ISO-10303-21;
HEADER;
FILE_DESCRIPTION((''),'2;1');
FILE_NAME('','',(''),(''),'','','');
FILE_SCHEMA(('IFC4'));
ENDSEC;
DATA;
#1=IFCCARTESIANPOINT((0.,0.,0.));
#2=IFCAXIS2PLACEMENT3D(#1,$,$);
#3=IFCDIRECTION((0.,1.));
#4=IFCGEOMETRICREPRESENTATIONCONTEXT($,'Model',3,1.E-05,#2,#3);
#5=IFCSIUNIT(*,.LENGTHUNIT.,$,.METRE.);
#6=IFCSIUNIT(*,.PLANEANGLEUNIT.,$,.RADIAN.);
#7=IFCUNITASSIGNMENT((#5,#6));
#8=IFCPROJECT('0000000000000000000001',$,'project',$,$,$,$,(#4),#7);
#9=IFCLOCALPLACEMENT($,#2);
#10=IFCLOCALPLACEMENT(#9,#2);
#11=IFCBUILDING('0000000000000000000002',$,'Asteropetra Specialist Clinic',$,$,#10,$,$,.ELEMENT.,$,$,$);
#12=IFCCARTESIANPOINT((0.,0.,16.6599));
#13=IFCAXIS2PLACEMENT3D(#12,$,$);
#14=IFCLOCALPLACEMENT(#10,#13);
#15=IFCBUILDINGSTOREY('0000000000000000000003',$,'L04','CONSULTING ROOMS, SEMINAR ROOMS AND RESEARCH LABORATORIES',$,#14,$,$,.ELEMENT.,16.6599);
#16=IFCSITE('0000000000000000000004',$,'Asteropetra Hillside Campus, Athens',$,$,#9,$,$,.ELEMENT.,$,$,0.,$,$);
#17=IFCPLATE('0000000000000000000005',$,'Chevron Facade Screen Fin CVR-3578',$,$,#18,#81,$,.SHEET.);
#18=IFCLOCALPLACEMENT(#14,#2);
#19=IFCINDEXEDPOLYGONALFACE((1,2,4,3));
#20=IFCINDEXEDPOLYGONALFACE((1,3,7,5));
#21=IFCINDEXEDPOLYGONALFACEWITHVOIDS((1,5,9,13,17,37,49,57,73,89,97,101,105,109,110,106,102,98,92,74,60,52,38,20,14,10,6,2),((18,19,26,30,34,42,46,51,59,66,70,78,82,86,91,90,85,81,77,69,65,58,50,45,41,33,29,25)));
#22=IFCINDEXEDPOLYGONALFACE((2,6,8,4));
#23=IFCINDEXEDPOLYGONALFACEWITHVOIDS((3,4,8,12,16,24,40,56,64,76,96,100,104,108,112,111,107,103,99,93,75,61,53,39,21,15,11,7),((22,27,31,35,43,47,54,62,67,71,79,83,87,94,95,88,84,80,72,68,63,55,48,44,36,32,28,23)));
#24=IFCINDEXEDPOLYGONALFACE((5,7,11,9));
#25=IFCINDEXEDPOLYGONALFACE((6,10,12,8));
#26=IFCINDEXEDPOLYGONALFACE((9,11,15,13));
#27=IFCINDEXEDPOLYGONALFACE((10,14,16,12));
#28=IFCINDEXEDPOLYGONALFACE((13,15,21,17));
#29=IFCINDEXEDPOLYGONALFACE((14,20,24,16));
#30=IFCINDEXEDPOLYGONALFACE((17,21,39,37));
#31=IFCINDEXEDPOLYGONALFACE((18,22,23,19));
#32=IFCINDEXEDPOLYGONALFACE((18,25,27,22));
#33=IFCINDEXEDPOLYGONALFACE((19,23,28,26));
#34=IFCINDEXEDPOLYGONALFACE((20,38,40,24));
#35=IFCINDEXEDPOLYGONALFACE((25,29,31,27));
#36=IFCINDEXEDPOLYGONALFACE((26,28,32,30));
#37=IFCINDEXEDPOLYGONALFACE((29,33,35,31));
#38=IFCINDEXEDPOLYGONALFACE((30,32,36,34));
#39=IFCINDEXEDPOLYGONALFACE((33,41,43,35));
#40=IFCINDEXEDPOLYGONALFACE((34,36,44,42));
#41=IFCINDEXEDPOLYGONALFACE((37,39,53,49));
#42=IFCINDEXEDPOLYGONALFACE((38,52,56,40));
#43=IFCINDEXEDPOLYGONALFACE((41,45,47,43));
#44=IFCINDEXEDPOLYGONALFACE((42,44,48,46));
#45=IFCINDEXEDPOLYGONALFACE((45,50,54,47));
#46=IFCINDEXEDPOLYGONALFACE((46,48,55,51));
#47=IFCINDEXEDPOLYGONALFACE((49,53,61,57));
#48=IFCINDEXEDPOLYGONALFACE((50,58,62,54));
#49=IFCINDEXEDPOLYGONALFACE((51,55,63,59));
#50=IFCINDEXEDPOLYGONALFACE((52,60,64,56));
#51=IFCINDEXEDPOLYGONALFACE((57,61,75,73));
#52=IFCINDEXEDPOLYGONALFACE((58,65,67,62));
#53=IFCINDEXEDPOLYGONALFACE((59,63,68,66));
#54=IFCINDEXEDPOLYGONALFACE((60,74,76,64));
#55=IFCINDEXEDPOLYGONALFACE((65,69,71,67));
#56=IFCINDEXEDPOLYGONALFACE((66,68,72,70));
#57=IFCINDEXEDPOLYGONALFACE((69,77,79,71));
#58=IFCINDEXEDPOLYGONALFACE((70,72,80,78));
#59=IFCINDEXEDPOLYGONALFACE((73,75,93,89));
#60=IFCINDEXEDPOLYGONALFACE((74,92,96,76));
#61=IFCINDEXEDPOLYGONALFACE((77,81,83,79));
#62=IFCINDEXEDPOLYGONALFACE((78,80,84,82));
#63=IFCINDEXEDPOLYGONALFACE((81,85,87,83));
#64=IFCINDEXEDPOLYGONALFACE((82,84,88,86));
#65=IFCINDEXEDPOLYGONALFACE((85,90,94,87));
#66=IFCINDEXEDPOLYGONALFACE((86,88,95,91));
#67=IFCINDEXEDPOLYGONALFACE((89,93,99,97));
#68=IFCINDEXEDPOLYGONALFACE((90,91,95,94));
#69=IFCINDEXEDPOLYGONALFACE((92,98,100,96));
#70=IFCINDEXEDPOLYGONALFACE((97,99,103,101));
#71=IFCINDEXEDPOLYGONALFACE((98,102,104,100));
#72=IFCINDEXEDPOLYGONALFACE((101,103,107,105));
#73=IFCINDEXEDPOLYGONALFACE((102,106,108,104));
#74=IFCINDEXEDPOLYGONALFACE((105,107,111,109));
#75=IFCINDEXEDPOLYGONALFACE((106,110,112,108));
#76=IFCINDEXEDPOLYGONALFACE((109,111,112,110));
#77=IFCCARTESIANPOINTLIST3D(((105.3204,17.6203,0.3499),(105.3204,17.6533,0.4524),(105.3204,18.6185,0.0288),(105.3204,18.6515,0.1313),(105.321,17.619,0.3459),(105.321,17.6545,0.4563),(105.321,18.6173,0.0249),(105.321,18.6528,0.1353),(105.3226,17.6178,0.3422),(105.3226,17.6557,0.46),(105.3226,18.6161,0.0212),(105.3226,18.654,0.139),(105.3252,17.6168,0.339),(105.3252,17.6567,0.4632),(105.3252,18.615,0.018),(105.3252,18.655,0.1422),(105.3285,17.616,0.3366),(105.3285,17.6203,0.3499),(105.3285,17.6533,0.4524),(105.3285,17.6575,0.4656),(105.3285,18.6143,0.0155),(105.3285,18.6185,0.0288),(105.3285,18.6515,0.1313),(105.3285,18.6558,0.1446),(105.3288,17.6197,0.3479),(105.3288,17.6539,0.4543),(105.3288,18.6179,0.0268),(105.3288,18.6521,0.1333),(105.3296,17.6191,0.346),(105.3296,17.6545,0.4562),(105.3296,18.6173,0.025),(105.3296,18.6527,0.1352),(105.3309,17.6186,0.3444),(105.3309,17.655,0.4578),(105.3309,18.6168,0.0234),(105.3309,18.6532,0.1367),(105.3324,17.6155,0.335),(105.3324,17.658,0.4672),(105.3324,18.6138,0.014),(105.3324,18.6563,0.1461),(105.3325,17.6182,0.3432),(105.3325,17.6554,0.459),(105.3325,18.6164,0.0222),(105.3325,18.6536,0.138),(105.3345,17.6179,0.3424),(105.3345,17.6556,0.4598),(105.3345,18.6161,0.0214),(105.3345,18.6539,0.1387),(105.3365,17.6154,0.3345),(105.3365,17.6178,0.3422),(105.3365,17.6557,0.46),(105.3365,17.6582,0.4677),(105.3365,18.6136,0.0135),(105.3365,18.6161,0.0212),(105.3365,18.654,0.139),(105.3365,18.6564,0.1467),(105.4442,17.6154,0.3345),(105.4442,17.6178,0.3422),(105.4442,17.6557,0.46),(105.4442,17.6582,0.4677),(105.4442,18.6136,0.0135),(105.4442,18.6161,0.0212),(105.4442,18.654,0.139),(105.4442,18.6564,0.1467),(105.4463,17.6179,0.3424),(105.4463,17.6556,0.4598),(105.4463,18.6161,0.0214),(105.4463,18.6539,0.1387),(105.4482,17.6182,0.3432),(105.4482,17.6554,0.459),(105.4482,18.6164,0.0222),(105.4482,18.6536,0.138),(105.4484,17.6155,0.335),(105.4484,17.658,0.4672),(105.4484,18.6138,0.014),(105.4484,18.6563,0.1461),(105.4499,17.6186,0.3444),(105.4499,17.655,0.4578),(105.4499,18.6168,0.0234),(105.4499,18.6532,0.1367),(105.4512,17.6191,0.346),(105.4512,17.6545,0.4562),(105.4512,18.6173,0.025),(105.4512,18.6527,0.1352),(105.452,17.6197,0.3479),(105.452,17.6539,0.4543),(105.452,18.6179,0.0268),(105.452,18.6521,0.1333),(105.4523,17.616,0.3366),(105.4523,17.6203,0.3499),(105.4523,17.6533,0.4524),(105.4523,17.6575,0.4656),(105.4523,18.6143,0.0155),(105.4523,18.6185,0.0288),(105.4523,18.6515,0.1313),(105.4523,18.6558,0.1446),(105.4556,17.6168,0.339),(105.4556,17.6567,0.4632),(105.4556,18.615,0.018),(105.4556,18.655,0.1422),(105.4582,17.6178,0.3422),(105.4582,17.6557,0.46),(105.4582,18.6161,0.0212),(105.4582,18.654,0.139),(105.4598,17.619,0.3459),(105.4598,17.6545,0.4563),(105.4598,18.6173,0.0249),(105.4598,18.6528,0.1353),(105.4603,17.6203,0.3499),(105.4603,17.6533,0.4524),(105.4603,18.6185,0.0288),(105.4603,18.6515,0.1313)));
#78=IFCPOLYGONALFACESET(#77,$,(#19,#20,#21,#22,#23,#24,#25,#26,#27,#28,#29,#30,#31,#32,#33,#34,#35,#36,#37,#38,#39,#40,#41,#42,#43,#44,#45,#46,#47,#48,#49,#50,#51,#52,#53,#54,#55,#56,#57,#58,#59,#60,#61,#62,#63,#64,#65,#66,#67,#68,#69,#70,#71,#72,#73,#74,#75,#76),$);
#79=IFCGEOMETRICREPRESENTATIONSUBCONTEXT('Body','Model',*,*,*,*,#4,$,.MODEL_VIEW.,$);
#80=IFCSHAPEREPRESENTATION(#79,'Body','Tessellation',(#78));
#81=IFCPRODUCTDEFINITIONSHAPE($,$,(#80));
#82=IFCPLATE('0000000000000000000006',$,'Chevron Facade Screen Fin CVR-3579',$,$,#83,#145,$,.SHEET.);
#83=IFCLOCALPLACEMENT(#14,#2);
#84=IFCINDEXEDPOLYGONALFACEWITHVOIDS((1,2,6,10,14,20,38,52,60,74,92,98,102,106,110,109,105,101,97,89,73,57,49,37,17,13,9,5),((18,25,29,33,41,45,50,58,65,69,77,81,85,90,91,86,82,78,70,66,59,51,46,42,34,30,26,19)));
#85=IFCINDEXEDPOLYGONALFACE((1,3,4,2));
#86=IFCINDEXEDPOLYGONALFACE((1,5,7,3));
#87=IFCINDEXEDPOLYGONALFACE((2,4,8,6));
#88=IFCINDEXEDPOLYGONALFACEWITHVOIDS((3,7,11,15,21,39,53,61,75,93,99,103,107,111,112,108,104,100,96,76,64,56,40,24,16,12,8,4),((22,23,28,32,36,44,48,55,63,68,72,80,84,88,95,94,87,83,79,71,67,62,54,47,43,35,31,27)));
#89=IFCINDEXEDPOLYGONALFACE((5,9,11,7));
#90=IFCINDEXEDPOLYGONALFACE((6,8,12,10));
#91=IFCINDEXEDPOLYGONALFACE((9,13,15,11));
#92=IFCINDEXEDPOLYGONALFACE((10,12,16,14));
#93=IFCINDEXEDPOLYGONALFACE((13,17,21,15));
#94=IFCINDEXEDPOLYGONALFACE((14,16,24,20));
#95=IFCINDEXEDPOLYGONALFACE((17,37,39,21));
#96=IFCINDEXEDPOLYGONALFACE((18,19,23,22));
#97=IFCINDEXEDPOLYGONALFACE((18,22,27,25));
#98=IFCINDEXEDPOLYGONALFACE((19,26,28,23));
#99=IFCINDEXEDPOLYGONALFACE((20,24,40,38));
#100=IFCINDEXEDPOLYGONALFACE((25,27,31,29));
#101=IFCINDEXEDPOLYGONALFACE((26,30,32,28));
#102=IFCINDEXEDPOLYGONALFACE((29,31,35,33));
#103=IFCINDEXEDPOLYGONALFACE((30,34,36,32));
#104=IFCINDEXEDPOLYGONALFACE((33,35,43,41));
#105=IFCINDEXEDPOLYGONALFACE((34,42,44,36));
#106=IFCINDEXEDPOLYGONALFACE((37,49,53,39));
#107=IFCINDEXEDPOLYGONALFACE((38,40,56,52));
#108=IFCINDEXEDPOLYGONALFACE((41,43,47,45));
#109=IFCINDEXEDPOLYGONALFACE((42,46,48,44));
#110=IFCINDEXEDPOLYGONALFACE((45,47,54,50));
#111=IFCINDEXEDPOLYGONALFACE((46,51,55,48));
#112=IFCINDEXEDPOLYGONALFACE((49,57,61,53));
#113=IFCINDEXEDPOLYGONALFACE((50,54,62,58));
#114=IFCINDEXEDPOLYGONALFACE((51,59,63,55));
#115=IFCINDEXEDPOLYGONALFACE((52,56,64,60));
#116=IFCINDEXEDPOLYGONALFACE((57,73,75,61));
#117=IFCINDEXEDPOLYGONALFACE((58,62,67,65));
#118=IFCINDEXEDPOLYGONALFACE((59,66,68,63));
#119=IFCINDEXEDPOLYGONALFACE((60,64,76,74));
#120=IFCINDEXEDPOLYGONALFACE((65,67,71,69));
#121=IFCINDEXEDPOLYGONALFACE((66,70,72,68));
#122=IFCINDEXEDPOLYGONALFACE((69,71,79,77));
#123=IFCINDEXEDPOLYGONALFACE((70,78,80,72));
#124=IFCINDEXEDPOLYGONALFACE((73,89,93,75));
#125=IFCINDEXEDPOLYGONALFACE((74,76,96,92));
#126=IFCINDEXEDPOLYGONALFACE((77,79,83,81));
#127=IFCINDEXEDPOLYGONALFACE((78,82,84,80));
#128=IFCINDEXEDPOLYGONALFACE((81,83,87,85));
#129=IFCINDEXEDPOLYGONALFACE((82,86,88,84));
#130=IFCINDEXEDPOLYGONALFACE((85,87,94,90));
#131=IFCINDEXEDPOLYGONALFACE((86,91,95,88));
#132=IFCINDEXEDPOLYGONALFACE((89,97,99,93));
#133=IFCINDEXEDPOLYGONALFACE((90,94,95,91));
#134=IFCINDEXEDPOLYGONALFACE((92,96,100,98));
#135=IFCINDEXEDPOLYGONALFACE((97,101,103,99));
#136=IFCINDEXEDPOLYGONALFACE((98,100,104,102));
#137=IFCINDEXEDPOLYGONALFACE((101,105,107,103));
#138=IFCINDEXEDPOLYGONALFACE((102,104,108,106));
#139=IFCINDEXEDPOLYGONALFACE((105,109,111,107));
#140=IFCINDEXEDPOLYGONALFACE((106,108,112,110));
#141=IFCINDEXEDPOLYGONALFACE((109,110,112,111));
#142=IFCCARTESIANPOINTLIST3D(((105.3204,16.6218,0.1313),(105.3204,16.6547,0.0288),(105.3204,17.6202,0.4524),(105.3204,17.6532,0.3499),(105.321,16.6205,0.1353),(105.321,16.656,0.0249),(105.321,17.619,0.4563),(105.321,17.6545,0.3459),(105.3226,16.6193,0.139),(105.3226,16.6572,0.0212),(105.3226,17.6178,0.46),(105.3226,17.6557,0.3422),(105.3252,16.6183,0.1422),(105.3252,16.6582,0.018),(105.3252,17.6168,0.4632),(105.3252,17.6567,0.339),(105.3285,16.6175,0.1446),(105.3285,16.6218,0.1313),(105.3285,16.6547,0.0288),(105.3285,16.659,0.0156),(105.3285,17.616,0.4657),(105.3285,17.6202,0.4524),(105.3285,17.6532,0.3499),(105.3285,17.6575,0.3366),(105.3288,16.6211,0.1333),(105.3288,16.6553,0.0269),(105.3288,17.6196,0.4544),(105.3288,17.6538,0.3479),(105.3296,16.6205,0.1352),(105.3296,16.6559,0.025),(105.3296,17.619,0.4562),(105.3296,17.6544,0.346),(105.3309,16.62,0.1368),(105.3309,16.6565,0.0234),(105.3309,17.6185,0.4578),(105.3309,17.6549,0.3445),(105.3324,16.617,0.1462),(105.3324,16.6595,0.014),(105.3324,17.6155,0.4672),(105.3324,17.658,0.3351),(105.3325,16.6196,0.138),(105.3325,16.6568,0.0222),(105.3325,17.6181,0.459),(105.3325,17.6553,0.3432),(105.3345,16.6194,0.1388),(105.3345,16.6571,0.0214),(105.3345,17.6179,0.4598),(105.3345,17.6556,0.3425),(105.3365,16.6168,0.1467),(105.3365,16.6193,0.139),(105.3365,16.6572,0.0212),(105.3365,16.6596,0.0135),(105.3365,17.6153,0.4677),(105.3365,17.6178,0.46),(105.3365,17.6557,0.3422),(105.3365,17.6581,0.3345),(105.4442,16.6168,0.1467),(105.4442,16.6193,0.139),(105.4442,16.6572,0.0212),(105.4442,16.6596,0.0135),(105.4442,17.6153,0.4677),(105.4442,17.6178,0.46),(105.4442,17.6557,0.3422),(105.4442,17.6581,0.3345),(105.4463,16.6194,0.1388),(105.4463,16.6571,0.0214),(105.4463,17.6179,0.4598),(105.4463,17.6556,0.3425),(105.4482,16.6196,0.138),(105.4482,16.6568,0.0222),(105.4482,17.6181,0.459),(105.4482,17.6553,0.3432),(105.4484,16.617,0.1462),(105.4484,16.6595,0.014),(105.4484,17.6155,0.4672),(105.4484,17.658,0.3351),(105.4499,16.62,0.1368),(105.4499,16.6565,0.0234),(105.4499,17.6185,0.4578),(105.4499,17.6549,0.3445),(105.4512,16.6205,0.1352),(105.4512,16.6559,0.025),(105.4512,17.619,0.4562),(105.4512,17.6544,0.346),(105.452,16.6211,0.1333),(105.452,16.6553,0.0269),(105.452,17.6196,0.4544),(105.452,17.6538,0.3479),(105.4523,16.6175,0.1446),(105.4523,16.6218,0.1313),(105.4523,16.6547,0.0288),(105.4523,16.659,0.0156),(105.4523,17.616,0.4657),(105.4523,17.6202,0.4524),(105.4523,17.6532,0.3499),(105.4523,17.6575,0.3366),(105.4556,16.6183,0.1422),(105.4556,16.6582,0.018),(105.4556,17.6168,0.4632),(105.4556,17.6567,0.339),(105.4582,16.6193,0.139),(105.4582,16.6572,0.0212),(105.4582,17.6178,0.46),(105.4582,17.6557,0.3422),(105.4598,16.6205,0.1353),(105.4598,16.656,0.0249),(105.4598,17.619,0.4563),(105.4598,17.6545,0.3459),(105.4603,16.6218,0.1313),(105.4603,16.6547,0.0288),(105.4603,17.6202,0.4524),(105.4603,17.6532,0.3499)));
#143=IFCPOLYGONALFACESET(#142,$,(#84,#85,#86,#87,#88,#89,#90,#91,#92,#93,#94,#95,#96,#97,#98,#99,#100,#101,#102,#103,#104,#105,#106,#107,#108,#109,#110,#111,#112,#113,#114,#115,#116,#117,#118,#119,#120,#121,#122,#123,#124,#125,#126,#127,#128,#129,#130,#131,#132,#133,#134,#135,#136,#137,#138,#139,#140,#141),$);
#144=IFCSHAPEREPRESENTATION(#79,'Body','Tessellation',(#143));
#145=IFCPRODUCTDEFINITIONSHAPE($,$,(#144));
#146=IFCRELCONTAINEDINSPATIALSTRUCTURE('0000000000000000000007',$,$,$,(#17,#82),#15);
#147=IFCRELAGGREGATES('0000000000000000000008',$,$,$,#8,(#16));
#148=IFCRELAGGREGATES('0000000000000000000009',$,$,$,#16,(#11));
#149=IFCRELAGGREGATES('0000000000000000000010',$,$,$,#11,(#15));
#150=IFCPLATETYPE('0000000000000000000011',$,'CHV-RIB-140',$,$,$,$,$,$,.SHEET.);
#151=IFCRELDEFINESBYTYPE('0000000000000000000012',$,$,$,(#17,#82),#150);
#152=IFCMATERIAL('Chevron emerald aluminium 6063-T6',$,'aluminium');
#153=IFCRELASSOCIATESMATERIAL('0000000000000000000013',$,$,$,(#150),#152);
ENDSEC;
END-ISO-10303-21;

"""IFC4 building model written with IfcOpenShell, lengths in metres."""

from ifc_helpers import new_model, si_unit, direction, frame, origin, origin_2d, place, context, subcontext, project, spatial, hollow_rectangle, extrude, material, material_profile, profile_set, type_object, element, save


model = new_model("IFC4")

# Units and contexts
model_context = context("Model", 3, precision=1e-05, world=origin(), true_north=direction((0.0, 1.0)))
body_context = subcontext(model_context, "Body", "Model", "MODEL_VIEW")
ifc_project = project(units=[si_unit("LENGTHUNIT", "METRE"), si_unit("PLANEANGLEUNIT", "RADIAN")], contexts=[model_context])

# Site, building, storey
site_placement = place(None, origin())
site = spatial("IfcSite", under=ifc_project, at=site_placement, Name="Asteropetra Hillside Campus, Athens", CompositionType="ELEMENT", RefElevation=0.0)
building_placement = place(site_placement, origin())
building = spatial("IfcBuilding", under=site, at=building_placement, Name="Asteropetra Specialist Clinic", CompositionType="ELEMENT")
storey_placement = place(building_placement, frame((0.0, 0.0, 16.6599)))
storey = spatial("IfcBuildingStorey", under=building, at=storey_placement, Name="L04", Description="CONSULTING ROOMS, SEMINAR ROOMS AND RESEARCH LABORATORIES", CompositionType="ELEMENT", Elevation=16.6599)

# Plates
ifc_material_1 = material(Name="Chevron emerald aluminium 6063-T6", Category="aluminium")
ifc_material_profile = material_profile(ifc_material_1, hollow_rectangle(XDim=0.1399, YDim=0.1399, WallThickness=0.0081, InnerFilletRadius=0.0081, OuterFilletRadius=0.0161, at=origin_2d()), Name="SHS 140x140x8.0")
ifc_profile_set = profile_set([ifc_material_profile], Name="Chevron emerald aluminium 6063-T6")
plate_type = type_object("IfcPlateType", Name="CHV-RIB-140", PredefinedType="SHEET", material=ifc_profile_set)
for number, where, z_axis, x_axis, name in (
    (1, (105.3904, 18.635, 0.0801), (0.0, -0.951983, 0.306152), (1.0, 0.0, 0.0), "Chevron Facade Screen Fin CVR-3578"),
):
    element("IfcPlate", number, at=place(storey_placement, frame(where, z_axis=z_axis, x_axis=x_axis)), inside=storey, type_object=plate_type, Name=name, PredefinedType="SHEET", context=body_context, shape_type="SweptSolid", body=[
        extrude(hollow_rectangle(XDim=0.1399, YDim=0.1399, WallThickness=0.0081, InnerFilletRadius=0.0081, OuterFilletRadius=0.0161, at=origin_2d()), origin(), (0.0, 0.0, 1.0), 1.0486),
    ])
plate_1_placement = place(storey_placement, frame((105.3904, 17.6367, 0.4011), z_axis=(0.0, -0.952004, -0.306085), x_axis=(1.0, 0.0, 0.0)))
element("IfcPlate", 2, at=plate_1_placement, inside=storey, type_object=plate_type, Name="Chevron Facade Screen Fin CVR-3579", PredefinedType="SHEET", context=body_context, shape_type="SweptSolid", body=[
    extrude(hollow_rectangle(XDim=0.1399, YDim=0.1399, WallThickness=0.0081, InnerFilletRadius=0.0081, OuterFilletRadius=0.0161, at=origin_2d()), origin(), (0.0, 0.0, 1.0), 1.0488),
])

save(model, "model.ifc")
